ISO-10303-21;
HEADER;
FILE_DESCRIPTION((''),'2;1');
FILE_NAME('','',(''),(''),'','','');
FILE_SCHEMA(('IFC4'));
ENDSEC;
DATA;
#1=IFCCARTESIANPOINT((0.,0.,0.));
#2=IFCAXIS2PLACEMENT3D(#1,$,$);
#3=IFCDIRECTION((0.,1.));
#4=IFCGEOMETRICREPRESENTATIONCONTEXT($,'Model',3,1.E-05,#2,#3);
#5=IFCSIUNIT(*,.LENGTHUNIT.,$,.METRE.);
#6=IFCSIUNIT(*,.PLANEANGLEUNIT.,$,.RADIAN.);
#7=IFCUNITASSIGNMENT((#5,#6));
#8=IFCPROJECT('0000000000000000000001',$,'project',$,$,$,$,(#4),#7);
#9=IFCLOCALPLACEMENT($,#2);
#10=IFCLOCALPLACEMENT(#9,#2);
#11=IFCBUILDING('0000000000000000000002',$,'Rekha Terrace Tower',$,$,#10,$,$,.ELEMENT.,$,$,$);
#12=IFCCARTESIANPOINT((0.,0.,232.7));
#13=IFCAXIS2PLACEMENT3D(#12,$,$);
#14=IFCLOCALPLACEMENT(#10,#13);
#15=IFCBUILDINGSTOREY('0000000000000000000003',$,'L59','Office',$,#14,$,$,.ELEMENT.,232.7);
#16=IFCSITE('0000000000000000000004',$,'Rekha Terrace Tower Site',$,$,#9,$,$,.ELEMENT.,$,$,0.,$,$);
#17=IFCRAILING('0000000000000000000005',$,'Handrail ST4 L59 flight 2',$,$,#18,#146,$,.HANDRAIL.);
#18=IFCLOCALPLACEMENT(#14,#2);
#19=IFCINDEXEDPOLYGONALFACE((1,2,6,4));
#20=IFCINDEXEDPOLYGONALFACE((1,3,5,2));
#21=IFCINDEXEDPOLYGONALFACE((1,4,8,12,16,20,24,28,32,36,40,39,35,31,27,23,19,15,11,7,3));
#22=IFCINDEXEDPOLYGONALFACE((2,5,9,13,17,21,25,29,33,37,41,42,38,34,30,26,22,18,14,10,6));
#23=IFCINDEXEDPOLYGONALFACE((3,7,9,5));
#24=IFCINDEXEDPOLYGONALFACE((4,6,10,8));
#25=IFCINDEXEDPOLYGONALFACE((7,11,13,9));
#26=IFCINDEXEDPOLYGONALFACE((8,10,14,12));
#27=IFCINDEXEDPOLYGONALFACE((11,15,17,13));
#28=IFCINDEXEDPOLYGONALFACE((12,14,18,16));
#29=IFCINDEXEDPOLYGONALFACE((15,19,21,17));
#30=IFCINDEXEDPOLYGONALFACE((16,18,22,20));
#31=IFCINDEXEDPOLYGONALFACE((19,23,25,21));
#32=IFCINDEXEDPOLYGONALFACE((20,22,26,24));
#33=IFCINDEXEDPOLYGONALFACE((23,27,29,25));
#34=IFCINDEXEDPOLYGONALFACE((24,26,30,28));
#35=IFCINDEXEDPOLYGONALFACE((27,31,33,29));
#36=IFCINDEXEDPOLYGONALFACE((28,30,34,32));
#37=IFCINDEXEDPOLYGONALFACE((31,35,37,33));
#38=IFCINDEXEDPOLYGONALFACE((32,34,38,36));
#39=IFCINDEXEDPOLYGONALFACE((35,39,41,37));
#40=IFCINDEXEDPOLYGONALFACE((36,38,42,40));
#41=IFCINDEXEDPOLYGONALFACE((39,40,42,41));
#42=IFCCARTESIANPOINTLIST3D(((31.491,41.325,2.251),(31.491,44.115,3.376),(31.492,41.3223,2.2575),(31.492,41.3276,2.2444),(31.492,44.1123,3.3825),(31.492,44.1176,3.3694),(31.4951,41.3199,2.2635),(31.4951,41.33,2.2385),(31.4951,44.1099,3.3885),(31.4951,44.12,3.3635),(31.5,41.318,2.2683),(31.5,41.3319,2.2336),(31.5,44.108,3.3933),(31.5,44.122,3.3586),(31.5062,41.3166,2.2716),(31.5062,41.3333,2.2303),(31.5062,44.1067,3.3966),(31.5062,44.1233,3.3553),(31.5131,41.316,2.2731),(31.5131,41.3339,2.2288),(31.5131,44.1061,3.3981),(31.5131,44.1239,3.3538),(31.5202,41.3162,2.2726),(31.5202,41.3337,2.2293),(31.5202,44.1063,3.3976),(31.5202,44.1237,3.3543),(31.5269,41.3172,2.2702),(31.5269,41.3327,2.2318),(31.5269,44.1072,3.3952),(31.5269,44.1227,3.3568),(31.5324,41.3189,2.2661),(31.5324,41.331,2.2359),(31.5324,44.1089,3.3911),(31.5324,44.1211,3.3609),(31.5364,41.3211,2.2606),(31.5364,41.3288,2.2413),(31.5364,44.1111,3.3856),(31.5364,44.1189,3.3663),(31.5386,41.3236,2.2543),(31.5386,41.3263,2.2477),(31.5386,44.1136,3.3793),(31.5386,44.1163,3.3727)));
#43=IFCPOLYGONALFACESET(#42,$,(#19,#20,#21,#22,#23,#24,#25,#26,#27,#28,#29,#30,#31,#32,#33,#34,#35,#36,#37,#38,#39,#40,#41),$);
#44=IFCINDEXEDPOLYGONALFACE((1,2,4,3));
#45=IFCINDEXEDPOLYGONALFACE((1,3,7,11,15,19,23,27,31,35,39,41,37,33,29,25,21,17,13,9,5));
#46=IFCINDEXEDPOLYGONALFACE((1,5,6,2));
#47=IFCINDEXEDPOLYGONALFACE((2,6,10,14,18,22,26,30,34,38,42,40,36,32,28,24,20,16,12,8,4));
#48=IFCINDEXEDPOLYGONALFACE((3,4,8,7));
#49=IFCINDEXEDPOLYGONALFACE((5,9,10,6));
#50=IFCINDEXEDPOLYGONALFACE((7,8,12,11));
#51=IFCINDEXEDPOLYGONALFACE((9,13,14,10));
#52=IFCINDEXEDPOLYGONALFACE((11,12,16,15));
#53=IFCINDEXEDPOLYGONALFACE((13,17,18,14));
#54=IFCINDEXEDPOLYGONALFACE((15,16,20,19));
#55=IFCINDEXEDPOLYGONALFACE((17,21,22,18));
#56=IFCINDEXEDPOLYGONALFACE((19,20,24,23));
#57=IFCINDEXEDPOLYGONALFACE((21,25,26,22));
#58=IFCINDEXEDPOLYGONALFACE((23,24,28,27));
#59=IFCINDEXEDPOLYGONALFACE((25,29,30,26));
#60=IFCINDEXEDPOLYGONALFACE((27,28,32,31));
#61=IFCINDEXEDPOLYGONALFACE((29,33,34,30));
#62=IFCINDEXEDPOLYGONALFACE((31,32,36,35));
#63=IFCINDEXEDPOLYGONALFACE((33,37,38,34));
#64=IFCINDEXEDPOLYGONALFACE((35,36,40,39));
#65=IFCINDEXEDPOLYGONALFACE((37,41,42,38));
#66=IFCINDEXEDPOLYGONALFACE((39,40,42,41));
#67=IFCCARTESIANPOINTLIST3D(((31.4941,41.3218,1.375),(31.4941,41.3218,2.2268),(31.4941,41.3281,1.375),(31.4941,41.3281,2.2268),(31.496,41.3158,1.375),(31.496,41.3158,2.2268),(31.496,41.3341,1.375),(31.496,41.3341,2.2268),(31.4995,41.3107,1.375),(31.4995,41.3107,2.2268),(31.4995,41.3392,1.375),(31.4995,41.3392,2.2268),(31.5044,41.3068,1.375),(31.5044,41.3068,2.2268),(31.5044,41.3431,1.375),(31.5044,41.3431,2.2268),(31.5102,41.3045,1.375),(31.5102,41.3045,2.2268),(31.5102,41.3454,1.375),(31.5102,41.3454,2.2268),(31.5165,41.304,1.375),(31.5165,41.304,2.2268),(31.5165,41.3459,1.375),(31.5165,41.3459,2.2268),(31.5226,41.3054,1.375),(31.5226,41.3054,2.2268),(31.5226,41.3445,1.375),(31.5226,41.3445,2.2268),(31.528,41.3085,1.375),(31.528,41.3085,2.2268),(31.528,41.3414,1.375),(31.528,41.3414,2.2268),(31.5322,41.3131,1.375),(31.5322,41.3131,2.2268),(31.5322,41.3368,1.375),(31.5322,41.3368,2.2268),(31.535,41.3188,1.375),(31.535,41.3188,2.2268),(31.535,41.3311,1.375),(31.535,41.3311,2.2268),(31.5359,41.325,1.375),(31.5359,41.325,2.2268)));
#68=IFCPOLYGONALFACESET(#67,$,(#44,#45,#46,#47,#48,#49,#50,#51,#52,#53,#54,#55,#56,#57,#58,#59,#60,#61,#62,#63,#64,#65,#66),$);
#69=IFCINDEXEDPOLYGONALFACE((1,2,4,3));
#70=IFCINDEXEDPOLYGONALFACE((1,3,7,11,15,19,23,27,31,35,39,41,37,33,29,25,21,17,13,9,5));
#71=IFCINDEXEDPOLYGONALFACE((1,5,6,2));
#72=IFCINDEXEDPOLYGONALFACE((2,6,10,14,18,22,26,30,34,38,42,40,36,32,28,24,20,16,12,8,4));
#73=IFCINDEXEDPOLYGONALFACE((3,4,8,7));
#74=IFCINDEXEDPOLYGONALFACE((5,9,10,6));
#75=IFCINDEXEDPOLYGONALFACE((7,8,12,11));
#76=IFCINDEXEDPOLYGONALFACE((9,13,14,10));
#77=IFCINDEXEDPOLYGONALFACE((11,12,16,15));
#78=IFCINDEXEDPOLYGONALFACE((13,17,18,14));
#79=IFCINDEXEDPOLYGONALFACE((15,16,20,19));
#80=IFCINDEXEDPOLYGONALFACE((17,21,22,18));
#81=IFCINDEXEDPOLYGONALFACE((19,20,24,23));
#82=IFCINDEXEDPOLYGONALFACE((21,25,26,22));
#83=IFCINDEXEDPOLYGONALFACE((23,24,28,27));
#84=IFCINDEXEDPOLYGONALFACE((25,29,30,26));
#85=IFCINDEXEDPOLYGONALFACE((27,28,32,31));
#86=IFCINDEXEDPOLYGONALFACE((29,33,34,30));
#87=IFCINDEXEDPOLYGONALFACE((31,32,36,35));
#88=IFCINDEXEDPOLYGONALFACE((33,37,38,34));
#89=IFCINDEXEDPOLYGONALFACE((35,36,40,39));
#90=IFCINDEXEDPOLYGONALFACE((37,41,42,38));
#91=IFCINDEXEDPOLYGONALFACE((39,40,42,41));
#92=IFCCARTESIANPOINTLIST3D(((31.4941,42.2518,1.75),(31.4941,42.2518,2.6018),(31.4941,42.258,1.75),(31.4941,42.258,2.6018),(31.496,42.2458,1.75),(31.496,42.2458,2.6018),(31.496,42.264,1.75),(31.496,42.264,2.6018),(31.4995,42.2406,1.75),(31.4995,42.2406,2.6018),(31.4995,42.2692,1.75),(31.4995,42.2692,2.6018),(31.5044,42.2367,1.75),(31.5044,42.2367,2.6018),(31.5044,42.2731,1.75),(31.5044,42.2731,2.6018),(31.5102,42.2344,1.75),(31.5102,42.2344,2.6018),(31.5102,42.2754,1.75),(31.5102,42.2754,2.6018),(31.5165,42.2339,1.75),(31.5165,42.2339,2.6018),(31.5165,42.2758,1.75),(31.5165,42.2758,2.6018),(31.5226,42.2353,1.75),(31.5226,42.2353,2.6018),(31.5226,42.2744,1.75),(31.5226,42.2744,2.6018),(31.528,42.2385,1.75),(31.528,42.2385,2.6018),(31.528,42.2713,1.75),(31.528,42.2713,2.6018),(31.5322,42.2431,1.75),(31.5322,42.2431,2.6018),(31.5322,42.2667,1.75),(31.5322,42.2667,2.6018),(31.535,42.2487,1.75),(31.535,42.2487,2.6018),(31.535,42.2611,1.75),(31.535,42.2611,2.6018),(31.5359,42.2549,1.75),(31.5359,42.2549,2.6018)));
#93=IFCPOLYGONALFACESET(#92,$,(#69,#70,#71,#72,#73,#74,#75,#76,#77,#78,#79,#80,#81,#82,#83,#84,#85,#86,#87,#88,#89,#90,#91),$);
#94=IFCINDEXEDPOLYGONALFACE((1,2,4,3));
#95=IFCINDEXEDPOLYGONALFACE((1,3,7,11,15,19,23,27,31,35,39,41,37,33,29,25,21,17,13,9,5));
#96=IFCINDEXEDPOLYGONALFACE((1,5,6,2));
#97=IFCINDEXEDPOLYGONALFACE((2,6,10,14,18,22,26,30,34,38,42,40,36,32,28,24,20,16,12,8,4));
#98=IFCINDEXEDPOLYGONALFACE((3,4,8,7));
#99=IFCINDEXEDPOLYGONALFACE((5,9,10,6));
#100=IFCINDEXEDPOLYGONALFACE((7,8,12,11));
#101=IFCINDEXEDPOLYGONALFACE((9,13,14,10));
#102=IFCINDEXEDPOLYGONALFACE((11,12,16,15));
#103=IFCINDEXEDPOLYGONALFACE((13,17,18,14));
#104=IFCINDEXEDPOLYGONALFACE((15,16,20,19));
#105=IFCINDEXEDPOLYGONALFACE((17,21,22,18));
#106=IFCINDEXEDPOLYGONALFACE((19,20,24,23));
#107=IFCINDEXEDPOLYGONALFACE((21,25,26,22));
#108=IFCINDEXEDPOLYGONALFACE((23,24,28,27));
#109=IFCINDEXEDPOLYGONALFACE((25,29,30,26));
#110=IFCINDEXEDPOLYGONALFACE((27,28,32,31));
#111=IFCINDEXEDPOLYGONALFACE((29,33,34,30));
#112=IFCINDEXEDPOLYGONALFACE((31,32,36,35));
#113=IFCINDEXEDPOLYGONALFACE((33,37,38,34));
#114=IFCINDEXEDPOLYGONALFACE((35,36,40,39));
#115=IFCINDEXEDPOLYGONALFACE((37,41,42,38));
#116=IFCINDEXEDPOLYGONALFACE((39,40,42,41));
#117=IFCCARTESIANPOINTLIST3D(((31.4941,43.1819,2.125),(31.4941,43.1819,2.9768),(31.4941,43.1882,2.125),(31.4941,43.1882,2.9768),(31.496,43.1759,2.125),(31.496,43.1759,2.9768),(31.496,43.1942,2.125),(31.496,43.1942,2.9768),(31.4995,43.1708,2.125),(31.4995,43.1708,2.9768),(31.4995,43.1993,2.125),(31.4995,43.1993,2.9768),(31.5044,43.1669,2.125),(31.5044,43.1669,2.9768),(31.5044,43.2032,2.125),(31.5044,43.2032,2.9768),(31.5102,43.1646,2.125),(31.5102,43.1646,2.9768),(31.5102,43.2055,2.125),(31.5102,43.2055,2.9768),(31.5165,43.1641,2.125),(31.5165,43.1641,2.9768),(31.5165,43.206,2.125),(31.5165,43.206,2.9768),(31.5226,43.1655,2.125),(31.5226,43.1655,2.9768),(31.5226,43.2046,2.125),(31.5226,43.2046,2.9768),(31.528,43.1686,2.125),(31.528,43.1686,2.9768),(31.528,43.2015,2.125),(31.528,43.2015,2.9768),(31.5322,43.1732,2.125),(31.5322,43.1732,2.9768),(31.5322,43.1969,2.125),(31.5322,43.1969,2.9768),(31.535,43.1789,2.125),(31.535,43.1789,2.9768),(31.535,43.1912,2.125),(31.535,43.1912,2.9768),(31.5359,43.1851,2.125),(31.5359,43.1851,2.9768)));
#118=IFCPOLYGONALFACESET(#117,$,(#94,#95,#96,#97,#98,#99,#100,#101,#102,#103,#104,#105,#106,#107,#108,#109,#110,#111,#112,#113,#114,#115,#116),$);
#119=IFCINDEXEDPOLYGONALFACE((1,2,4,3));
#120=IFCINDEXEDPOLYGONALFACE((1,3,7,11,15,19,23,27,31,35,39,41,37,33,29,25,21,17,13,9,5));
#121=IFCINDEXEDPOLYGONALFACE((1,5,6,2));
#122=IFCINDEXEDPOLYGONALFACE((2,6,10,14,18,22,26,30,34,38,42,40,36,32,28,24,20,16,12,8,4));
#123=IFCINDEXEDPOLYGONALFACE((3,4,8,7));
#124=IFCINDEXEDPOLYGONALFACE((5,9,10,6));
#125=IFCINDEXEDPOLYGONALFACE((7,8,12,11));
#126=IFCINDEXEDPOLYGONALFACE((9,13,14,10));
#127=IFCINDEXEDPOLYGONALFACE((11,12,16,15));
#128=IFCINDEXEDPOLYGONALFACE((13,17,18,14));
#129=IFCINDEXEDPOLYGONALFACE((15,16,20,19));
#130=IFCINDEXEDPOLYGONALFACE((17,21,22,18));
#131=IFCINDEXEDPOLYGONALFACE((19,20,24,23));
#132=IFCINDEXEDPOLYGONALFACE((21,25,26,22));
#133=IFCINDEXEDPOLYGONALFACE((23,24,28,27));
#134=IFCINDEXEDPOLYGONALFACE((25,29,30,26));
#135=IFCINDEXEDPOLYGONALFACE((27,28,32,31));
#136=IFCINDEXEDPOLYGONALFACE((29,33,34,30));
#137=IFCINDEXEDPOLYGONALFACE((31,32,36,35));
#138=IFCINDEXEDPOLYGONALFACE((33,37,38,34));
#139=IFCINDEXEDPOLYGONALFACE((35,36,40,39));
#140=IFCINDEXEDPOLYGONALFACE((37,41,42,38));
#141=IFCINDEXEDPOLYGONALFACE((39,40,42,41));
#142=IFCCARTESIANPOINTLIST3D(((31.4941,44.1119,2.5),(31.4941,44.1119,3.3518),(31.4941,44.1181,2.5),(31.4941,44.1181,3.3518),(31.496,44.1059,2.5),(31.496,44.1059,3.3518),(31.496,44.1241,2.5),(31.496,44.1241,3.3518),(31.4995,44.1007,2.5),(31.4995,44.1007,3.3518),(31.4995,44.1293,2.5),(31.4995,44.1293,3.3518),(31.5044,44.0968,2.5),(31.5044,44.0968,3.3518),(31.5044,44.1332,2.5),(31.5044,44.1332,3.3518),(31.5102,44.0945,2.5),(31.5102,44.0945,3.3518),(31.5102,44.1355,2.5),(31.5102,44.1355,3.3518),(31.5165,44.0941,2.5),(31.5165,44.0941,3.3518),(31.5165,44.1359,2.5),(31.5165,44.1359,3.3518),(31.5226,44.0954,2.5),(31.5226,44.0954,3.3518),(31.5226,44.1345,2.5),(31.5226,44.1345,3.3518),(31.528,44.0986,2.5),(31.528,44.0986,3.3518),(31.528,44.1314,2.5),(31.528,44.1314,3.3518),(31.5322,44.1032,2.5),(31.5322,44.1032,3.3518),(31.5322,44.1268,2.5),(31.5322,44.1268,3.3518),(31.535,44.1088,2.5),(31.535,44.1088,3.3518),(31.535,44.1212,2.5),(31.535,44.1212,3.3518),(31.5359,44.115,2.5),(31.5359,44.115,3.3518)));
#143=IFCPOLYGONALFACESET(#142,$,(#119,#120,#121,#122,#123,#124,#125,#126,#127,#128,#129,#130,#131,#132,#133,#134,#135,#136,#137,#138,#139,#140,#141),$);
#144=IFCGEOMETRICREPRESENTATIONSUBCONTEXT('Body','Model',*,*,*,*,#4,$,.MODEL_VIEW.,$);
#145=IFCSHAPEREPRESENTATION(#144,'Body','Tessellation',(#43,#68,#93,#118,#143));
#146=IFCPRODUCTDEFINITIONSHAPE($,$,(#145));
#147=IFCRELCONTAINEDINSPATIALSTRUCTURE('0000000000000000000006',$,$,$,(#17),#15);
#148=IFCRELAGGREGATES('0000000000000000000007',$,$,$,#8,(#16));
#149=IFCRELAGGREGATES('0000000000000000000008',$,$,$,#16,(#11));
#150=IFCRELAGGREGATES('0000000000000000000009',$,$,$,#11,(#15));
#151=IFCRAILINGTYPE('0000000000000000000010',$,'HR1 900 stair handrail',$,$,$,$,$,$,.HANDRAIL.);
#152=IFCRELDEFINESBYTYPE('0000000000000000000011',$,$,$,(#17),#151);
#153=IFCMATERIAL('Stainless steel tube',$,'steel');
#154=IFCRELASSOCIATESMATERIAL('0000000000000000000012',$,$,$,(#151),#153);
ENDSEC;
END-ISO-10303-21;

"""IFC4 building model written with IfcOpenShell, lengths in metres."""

from ifc_helpers import new_model, si_unit, direction, frame, origin, origin_2d, place, context, subcontext, project, spatial, circle, extrude, material, type_object, element, save


model = new_model("IFC4")

# Units and contexts
model_context = context("Model", 3, precision=1e-05, world=origin(), true_north=direction((0.0, 1.0)))
body_context = subcontext(model_context, "Body", "Model", "MODEL_VIEW")
ifc_project = project(units=[si_unit("LENGTHUNIT", "METRE"), si_unit("PLANEANGLEUNIT", "RADIAN")], contexts=[model_context])

# Site, building, storey
site_placement = place(None, origin())
site = spatial("IfcSite", under=ifc_project, at=site_placement, Name="Rekha Terrace Tower Site", CompositionType="ELEMENT", RefElevation=0.0)
building_placement = place(site_placement, origin())
building = spatial("IfcBuilding", under=site, at=building_placement, Name="Rekha Terrace Tower", CompositionType="ELEMENT")
storey_placement = place(building_placement, frame((0.0, 0.0, 232.7)))
storey = spatial("IfcBuildingStorey", under=building, at=storey_placement, Name="L59", Description="Office", CompositionType="ELEMENT", Elevation=232.7)

# Railing
ifc_material_1 = material(Name="Stainless steel tube", Category="steel")
railing_type_1 = type_object("IfcRailingType", Name="HR1 900 stair handrail", PredefinedType="HANDRAIL", material=ifc_material_1)
railing_1_placement = place(storey_placement, frame((31.5149, 41.325, 1.375)))
element("IfcRailing", 1, at=railing_1_placement, inside=storey, type_object=railing_type_1, Name="Handrail ST4 L59 flight 2", PredefinedType="HANDRAIL", context=body_context, shape_type="SweptSolid", body=[
    extrude(circle(Radius=0.0239, at=origin_2d()), frame((0.0, 0.0, 0.876), z_axis=(0.0, 0.927443, 0.373964), x_axis=(-1.0, 0.0, 0.0)), (0.0, 0.0, 1.0), 3.0083),
    extrude(circle(Radius=0.021, at=origin_2d()), origin(), (0.0, 0.0, 1.0), 0.8518),
    extrude(circle(Radius=0.021, at=origin_2d()), frame((0.0, 0.9299, 0.375)), (0.0, 0.0, 1.0), 0.8518),
    extrude(circle(Radius=0.021, at=origin_2d()), frame((0.0, 1.8601, 0.75)), (0.0, 0.0, 1.0), 0.8518),
    extrude(circle(Radius=0.021, at=origin_2d()), frame((0.0, 2.79, 1.125)), (0.0, 0.0, 1.0), 0.8518),
])

save(model, "model.ifc")
